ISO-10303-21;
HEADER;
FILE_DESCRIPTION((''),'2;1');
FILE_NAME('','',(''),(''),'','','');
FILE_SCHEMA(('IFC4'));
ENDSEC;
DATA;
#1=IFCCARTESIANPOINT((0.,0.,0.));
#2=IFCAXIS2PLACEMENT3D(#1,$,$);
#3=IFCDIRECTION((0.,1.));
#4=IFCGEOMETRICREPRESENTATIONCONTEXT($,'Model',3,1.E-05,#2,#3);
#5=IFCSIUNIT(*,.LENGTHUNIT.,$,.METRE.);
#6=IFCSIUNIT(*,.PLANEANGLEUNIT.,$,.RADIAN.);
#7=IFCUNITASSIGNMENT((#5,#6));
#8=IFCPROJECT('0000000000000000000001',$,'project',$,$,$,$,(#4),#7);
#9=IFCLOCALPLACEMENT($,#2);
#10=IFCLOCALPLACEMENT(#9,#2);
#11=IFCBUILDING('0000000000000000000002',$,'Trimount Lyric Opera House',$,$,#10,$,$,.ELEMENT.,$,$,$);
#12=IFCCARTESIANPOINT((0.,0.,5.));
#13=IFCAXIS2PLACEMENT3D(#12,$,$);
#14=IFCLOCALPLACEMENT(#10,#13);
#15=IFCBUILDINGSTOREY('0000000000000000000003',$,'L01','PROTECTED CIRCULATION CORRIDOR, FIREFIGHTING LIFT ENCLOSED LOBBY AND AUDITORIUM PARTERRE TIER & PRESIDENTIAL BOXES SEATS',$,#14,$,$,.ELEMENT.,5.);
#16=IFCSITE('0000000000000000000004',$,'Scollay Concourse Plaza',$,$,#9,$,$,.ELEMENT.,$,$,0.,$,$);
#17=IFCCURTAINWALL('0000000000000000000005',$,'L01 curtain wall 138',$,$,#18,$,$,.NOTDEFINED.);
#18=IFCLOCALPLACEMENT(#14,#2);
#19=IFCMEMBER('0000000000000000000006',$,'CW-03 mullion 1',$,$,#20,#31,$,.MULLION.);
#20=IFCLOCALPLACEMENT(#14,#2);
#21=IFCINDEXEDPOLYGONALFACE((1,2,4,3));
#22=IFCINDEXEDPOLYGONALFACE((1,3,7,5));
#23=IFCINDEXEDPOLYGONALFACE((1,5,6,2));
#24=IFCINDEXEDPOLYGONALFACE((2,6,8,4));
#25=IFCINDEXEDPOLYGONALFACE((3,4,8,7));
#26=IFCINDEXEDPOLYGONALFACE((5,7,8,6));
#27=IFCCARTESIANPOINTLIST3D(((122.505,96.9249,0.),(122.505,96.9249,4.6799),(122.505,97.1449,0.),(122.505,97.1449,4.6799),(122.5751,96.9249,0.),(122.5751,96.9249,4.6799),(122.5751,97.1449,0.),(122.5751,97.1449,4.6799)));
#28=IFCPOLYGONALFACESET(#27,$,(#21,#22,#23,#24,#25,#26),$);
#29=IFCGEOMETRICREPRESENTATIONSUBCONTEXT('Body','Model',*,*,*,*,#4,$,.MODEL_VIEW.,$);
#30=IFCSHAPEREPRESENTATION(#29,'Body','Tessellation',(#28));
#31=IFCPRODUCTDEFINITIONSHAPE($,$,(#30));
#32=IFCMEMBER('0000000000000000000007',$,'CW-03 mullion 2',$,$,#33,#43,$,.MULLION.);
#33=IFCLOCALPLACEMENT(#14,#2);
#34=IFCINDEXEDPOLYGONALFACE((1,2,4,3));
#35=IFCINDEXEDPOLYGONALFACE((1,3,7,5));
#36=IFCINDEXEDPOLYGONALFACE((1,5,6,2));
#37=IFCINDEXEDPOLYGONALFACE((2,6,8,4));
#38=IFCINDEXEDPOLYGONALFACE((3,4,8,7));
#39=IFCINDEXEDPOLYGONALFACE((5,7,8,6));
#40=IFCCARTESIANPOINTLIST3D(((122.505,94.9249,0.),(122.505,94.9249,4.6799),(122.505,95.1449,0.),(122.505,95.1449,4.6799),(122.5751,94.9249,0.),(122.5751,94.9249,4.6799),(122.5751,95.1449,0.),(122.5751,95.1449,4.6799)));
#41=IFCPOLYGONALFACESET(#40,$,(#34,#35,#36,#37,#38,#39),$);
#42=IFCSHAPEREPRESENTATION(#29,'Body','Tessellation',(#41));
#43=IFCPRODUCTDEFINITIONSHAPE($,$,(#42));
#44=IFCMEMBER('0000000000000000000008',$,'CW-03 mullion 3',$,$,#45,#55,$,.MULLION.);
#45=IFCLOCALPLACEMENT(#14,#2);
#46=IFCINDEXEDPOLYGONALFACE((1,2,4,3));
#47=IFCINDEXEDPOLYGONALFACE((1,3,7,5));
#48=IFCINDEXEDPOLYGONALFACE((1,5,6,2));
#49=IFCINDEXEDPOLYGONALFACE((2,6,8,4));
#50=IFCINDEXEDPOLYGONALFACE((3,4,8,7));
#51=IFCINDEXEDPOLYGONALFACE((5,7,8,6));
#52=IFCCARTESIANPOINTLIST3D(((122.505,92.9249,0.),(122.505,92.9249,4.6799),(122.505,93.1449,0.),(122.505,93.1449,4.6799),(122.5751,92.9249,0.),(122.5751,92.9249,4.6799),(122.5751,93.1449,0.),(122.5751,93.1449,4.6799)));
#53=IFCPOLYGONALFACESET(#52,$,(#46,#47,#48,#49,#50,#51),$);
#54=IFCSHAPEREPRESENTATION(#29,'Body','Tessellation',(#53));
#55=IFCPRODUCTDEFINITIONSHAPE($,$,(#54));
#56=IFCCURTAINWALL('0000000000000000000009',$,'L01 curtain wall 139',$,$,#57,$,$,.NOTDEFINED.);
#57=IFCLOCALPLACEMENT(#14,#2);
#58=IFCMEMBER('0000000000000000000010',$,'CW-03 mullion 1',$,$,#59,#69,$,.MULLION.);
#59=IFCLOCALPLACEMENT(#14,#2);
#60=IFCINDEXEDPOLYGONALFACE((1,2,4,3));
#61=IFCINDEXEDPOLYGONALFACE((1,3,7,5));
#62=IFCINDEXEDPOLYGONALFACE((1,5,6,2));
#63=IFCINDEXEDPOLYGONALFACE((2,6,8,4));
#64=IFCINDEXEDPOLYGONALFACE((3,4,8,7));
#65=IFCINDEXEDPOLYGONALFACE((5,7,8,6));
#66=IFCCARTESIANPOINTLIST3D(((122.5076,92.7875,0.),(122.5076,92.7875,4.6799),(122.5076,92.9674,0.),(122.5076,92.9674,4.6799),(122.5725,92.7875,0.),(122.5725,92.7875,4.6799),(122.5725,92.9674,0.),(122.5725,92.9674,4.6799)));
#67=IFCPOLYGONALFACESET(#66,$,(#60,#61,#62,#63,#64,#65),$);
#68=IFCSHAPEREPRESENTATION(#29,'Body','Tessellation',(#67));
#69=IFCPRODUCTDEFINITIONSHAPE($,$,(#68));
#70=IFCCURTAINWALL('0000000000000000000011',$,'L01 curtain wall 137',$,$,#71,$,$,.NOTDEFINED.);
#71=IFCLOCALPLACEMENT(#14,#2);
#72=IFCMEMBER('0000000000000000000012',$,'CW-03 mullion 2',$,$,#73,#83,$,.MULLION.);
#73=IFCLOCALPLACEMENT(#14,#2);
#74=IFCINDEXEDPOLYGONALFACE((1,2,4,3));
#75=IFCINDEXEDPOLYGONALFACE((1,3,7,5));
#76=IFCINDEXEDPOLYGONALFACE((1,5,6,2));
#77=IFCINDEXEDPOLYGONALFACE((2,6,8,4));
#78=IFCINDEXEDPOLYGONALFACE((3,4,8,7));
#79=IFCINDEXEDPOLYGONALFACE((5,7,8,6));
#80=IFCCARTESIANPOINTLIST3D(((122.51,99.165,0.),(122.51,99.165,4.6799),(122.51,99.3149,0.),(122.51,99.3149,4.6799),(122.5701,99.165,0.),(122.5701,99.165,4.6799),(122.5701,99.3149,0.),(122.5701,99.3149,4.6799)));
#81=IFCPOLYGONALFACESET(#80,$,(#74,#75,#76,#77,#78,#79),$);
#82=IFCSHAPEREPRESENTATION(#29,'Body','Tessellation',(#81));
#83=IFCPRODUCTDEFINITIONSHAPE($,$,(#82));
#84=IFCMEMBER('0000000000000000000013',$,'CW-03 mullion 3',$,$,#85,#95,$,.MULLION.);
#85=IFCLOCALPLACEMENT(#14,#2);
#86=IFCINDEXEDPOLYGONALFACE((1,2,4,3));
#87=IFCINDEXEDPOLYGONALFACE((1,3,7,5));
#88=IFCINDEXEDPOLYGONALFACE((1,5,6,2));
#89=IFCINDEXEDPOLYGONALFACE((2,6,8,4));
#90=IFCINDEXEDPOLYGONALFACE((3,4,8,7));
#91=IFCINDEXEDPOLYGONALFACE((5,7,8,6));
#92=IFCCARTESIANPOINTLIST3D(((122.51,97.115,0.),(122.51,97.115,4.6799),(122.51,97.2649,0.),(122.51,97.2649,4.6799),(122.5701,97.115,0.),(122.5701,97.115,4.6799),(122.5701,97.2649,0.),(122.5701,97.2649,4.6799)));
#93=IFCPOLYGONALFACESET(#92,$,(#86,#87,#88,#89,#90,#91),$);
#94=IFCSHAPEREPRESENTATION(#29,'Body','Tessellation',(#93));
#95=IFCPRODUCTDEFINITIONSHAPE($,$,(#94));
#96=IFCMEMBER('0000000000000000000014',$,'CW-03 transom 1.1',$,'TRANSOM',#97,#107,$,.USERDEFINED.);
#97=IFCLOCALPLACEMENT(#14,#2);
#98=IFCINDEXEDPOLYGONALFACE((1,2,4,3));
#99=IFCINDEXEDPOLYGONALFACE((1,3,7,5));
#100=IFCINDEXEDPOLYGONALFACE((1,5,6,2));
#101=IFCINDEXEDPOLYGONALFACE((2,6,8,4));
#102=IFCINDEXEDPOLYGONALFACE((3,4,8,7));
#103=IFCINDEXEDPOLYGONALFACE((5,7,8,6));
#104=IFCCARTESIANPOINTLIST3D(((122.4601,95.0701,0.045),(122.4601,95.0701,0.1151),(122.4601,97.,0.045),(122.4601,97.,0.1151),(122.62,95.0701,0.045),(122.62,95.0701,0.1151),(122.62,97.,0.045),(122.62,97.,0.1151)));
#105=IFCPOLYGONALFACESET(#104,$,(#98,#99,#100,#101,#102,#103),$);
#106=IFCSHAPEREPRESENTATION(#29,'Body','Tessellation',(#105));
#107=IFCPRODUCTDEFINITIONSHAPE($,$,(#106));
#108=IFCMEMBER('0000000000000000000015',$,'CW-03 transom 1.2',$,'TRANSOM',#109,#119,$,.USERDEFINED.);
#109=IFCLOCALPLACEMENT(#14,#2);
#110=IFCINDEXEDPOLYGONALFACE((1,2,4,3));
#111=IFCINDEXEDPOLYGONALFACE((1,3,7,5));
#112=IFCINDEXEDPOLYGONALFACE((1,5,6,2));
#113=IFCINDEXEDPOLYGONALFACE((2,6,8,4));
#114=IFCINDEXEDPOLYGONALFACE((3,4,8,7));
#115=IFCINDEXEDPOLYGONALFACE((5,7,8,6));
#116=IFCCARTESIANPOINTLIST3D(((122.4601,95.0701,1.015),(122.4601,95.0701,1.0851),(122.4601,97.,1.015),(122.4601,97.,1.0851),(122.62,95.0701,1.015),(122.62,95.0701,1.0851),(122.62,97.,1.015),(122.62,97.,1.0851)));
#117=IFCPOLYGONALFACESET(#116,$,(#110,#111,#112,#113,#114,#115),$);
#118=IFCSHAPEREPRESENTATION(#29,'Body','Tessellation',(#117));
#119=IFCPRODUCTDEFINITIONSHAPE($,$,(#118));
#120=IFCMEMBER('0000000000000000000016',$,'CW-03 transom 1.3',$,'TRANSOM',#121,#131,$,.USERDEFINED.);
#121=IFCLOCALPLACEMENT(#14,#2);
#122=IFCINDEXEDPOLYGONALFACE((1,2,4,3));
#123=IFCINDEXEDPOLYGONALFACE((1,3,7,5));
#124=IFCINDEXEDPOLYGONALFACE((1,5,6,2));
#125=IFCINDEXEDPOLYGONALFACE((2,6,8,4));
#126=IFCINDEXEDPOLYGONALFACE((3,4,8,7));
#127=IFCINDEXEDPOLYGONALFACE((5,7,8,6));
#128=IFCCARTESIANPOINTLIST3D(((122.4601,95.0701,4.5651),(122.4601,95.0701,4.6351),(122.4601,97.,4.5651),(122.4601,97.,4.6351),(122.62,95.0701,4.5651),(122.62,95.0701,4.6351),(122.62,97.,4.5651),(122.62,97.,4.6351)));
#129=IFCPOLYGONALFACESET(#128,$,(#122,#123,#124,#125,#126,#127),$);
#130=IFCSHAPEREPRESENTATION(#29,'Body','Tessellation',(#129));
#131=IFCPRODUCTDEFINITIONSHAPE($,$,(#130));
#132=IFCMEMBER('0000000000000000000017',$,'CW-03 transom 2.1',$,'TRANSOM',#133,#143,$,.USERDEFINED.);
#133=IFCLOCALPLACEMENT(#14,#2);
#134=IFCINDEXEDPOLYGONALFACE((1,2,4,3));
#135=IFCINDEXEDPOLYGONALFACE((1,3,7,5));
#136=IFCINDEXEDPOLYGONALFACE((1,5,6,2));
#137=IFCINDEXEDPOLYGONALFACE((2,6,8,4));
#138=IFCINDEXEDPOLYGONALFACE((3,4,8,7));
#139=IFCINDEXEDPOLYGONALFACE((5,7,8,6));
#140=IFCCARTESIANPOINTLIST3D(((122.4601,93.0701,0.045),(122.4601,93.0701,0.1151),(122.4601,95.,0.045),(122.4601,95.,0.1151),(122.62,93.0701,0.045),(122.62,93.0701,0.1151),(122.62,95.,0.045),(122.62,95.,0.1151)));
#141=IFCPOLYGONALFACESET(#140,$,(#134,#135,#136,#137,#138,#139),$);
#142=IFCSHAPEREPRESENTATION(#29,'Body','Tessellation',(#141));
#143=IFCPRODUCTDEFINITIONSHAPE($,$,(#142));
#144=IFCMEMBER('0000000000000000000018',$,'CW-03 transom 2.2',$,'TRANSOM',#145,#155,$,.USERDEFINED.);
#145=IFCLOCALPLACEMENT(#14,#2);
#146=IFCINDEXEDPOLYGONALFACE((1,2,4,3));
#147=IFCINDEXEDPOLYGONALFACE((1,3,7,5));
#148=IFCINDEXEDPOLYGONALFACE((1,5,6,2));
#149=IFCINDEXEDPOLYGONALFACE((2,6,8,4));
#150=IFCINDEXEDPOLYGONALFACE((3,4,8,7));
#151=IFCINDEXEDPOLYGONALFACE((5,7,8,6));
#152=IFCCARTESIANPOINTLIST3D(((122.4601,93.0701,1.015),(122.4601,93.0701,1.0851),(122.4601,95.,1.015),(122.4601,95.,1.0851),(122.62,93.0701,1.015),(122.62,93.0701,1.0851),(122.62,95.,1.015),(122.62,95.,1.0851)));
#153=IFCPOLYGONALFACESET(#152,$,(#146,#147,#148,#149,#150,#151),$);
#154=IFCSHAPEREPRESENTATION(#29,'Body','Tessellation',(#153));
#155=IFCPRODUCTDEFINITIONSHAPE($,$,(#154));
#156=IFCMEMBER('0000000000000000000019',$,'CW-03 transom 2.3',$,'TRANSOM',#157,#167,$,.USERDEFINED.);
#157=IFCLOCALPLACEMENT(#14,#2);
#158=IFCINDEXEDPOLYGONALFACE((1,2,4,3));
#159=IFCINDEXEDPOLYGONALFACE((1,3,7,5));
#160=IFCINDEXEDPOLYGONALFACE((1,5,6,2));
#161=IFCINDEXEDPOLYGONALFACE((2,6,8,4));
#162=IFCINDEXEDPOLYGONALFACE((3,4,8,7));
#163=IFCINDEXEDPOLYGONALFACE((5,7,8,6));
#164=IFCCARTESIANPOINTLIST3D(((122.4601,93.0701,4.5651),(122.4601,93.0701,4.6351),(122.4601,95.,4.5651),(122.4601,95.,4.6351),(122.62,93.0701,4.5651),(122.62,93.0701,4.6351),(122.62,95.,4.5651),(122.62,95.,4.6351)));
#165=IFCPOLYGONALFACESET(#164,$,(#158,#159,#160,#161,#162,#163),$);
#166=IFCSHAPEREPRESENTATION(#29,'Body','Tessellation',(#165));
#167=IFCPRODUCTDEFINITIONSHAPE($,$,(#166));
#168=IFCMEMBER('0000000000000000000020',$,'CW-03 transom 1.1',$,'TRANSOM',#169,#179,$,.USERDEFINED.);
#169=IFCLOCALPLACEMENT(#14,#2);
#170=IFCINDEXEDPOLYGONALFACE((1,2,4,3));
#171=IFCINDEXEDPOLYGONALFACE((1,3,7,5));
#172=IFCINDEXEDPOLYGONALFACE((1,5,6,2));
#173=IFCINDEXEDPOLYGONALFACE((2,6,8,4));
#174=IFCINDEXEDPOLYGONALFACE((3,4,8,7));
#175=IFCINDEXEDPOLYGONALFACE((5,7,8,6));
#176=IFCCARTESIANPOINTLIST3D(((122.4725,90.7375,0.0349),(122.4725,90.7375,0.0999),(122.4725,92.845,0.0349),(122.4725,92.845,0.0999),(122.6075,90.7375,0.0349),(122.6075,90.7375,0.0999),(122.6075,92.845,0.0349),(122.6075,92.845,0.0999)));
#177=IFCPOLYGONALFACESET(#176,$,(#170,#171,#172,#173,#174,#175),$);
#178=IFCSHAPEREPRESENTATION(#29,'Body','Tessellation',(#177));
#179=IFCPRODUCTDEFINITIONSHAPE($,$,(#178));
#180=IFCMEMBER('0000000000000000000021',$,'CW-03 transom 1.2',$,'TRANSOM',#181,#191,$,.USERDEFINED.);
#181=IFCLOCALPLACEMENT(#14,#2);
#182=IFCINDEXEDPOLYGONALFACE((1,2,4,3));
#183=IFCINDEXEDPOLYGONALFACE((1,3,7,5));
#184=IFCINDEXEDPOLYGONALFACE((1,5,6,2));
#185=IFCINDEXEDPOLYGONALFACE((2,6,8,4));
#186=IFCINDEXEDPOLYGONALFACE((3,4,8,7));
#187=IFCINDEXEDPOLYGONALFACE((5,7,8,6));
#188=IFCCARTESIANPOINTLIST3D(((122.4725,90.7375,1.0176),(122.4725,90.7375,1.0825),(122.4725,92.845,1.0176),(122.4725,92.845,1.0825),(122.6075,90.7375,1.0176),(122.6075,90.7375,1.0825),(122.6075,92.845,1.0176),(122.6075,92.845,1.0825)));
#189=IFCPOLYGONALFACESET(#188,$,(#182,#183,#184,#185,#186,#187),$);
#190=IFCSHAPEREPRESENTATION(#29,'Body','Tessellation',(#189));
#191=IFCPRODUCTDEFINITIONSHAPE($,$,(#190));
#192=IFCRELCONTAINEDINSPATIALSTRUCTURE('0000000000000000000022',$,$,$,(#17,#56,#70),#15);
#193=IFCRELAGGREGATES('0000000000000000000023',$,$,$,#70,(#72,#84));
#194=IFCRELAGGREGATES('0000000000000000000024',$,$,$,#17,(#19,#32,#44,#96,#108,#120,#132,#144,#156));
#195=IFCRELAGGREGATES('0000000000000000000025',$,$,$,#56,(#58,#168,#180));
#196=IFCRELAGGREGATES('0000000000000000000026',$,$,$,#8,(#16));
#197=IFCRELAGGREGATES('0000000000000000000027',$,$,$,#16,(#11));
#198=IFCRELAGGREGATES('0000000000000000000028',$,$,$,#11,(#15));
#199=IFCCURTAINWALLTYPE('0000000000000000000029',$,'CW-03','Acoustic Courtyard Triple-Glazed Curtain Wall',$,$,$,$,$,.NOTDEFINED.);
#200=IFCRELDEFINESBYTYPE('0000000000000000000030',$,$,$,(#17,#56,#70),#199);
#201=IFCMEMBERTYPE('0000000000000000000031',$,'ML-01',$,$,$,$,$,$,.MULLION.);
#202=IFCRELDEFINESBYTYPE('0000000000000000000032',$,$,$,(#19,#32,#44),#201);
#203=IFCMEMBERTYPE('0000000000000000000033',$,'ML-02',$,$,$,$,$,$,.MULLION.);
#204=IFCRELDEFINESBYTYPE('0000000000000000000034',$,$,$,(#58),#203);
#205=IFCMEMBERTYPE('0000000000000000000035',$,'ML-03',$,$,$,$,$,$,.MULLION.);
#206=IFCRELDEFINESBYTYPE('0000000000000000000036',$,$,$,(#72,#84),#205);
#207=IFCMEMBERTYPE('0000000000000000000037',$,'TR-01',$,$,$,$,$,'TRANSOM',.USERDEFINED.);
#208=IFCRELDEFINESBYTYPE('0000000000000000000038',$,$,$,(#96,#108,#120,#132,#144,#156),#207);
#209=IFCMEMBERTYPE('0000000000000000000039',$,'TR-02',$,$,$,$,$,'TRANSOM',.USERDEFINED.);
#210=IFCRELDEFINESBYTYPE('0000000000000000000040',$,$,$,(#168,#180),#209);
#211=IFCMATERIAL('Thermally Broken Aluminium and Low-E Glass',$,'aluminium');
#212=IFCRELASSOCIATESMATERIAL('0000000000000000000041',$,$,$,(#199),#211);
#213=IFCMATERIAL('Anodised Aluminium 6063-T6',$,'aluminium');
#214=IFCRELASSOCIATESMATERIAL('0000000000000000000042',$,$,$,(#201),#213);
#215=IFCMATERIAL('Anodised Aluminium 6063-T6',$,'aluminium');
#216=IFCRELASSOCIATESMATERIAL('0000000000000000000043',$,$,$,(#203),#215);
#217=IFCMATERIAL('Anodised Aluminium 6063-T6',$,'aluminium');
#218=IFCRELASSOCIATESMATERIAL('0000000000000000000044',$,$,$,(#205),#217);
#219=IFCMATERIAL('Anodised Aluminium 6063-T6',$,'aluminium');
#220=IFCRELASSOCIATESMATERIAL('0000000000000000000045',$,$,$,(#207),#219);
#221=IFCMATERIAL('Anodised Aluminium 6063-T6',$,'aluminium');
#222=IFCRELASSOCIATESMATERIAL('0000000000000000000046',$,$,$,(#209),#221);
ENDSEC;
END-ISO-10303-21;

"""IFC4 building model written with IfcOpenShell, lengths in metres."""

from ifc_helpers import new_model, si_unit, direction, frame, origin, origin_2d, place, context, subcontext, project, spatial, rectangle, extrude, material, material_profile, profile_set, type_object, element, aggregate, save


model = new_model("IFC4")

# Units and contexts
model_context = context("Model", 3, precision=1e-05, world=origin(), true_north=direction((0.0, 1.0)))
body_context = subcontext(model_context, "Body", "Model", "MODEL_VIEW")
ifc_project = project(units=[si_unit("LENGTHUNIT", "METRE"), si_unit("PLANEANGLEUNIT", "RADIAN")], contexts=[model_context])

# Site, building, storey
site_placement = place(None, origin())
site = spatial("IfcSite", under=ifc_project, at=site_placement, Name="Scollay Concourse Plaza", CompositionType="ELEMENT", RefElevation=0.0)
building_placement = place(site_placement, origin())
building = spatial("IfcBuilding", under=site, at=building_placement, Name="Trimount Lyric Opera House", CompositionType="ELEMENT")
storey_placement = place(building_placement, frame((0.0, 0.0, 5.0)))
storey = spatial("IfcBuildingStorey", under=building, at=storey_placement, Name="L01", Description="PROTECTED CIRCULATION CORRIDOR, FIREFIGHTING LIFT ENCLOSED LOBBY AND AUDITORIUM PARTERRE TIER & PRESIDENTIAL BOXES SEATS", CompositionType="ELEMENT", Elevation=5.0)

# Curtain wall, members
ifc_material_1 = material(Name="Thermally Broken Aluminium and Low-E Glass", Category="aluminium")
curtain_wall_type = type_object("IfcCurtainWallType", Name="CW-03", Description="Acoustic Courtyard Triple-Glazed Curtain Wall", PredefinedType="NOTDEFINED", material=ifc_material_1)
curtain_wall_1_placement = place(storey_placement, origin())
curtain_wall_1 = element("IfcCurtainWall", 1, at=curtain_wall_1_placement, inside=storey, type_object=curtain_wall_type, Name="L01 curtain wall 138", PredefinedType="NOTDEFINED")
ifc_material_2 = material(Name="Anodised Aluminium 6063-T6", Category="aluminium")
ifc_material_profile_1 = material_profile(ifc_material_2, rectangle(XDim=0.0701, YDim=0.22, at=origin_2d()), Name="ALU-MULL-70X220")
ifc_profile_set_1 = profile_set([ifc_material_profile_1], Name="Anodised Aluminium 6063-T6")
member_type_1 = type_object("IfcMemberType", Name="ML-01", PredefinedType="MULLION", material=ifc_profile_set_1)
member_1_placement = place(storey_placement, frame((122.54, 97.0349, 0.0), z_axis=(0.0, 0.0, 1.0), x_axis=(1.0, 0.0, 0.0)))
member_1 = element("IfcMember", 2, at=member_1_placement, type_object=member_type_1, Name="CW-03 mullion 1", PredefinedType="MULLION", context=body_context, shape_type="SweptSolid", body=[
    extrude(rectangle(XDim=0.0701, YDim=0.22, at=origin_2d()), origin(), (0.0, 0.0, 1.0), 4.6799),
])
member_2_placement = place(storey_placement, frame((122.54, 95.0349, 0.0), z_axis=(0.0, 0.0, 1.0), x_axis=(1.0, 0.0, 0.0)))
member_2 = element("IfcMember", 3, at=member_2_placement, type_object=member_type_1, Name="CW-03 mullion 2", PredefinedType="MULLION", context=body_context, shape_type="SweptSolid", body=[
    extrude(rectangle(XDim=0.0701, YDim=0.22, at=origin_2d()), origin(), (0.0, 0.0, 1.0), 4.6799),
])
member_3_placement = place(storey_placement, frame((122.54, 93.0349, 0.0), z_axis=(0.0, 0.0, 1.0), x_axis=(1.0, 0.0, 0.0)))
member_3 = element("IfcMember", 4, at=member_3_placement, type_object=member_type_1, Name="CW-03 mullion 3", PredefinedType="MULLION", context=body_context, shape_type="SweptSolid", body=[
    extrude(rectangle(XDim=0.0701, YDim=0.22, at=origin_2d()), origin(), (0.0, 0.0, 1.0), 4.6799),
])

# Curtain wall, member
curtain_wall_2_placement = place(storey_placement, origin())
curtain_wall_2 = element("IfcCurtainWall", 5, at=curtain_wall_2_placement, inside=storey, type_object=curtain_wall_type, Name="L01 curtain wall 139", PredefinedType="NOTDEFINED")
ifc_material_3 = material(Name="Anodised Aluminium 6063-T6", Category="aluminium")
ifc_material_profile_2 = material_profile(ifc_material_3, rectangle(XDim=0.0649, YDim=0.1799, at=origin_2d()), Name="ALU-MULL-65X180")
ifc_profile_set_2 = profile_set([ifc_material_profile_2], Name="Anodised Aluminium 6063-T6")
member_type_2 = type_object("IfcMemberType", Name="ML-02", PredefinedType="MULLION", material=ifc_profile_set_2)
member_4_placement = place(storey_placement, frame((122.54, 92.8774, 0.0), z_axis=(0.0, 0.0, 1.0), x_axis=(1.0, 0.0, 0.0)))
member_4 = element("IfcMember", 6, at=member_4_placement, type_object=member_type_2, Name="CW-03 mullion 1", PredefinedType="MULLION", context=body_context, shape_type="SweptSolid", body=[
    extrude(rectangle(XDim=0.0649, YDim=0.1799, at=origin_2d()), origin(), (0.0, 0.0, 1.0), 4.6799),
])

# Curtain wall, members
curtain_wall_3_placement = place(storey_placement, origin())
curtain_wall_3 = element("IfcCurtainWall", 7, at=curtain_wall_3_placement, inside=storey, type_object=curtain_wall_type, Name="L01 curtain wall 137", PredefinedType="NOTDEFINED")
ifc_material_4 = material(Name="Anodised Aluminium 6063-T6", Category="aluminium")
ifc_material_profile_3 = material_profile(ifc_material_4, rectangle(XDim=0.0601, YDim=0.1499, at=origin_2d()), Name="ALU-MULL-60X150")
ifc_profile_set_3 = profile_set([ifc_material_profile_3], Name="Anodised Aluminium 6063-T6")
member_type_3 = type_object("IfcMemberType", Name="ML-03", PredefinedType="MULLION", material=ifc_profile_set_3)
member_5_placement = place(storey_placement, frame((122.54, 99.24, 0.0), z_axis=(0.0, 0.0, 1.0), x_axis=(1.0, 0.0, 0.0)))
member_5 = element("IfcMember", 8, at=member_5_placement, type_object=member_type_3, Name="CW-03 mullion 2", PredefinedType="MULLION", context=body_context, shape_type="SweptSolid", body=[
    extrude(rectangle(XDim=0.0601, YDim=0.1499, at=origin_2d()), origin(), (0.0, 0.0, 1.0), 4.6799),
])
member_6_placement = place(storey_placement, frame((122.54, 97.1899, 0.0), z_axis=(0.0, 0.0, 1.0), x_axis=(1.0, 0.0, 0.0)))
member_6 = element("IfcMember", 9, at=member_6_placement, type_object=member_type_3, Name="CW-03 mullion 3", PredefinedType="MULLION", context=body_context, shape_type="SweptSolid", body=[
    extrude(rectangle(XDim=0.0601, YDim=0.1499, at=origin_2d()), origin(), (0.0, 0.0, 1.0), 4.6799),
])

# Members
ifc_material_5 = material(Name="Anodised Aluminium 6063-T6", Category="aluminium")
ifc_material_profile_4 = material_profile(ifc_material_5, rectangle(XDim=0.1599, YDim=0.0701, at=origin_2d()), Name="ALU-TRAN-70X160")
ifc_profile_set_4 = profile_set([ifc_material_profile_4], Name="Anodised Aluminium 6063-T6")
member_type_4 = type_object("IfcMemberType", Name="TR-01", ElementType="TRANSOM", PredefinedType="USERDEFINED", material=ifc_profile_set_4)
member_7_placement = place(storey_placement, frame((122.54, 97.0, 0.0801), z_axis=(0.0, -1.0, 0.0), x_axis=(1.0, 0.0, 0.0)))
member_7 = element("IfcMember", 10, at=member_7_placement, type_object=member_type_4, Name="CW-03 transom 1.1", ObjectType="TRANSOM", PredefinedType="USERDEFINED", context=body_context, shape_type="SweptSolid", body=[
    extrude(rectangle(XDim=0.1599, YDim=0.0701, at=origin_2d()), origin(), (0.0, 0.0, 1.0), 1.9299),
])
member_8_placement = place(storey_placement, frame((122.54, 97.0, 1.05), z_axis=(0.0, -1.0, 0.0), x_axis=(1.0, 0.0, 0.0)))
member_8 = element("IfcMember", 11, at=member_8_placement, type_object=member_type_4, Name="CW-03 transom 1.2", ObjectType="TRANSOM", PredefinedType="USERDEFINED", context=body_context, shape_type="SweptSolid", body=[
    extrude(rectangle(XDim=0.1599, YDim=0.0701, at=origin_2d()), origin(), (0.0, 0.0, 1.0), 1.9299),
])
member_9_placement = place(storey_placement, frame((122.54, 97.0, 4.6001), z_axis=(0.0, -1.0, 0.0), x_axis=(1.0, 0.0, 0.0)))
member_9 = element("IfcMember", 12, at=member_9_placement, type_object=member_type_4, Name="CW-03 transom 1.3", ObjectType="TRANSOM", PredefinedType="USERDEFINED", context=body_context, shape_type="SweptSolid", body=[
    extrude(rectangle(XDim=0.1599, YDim=0.0701, at=origin_2d()), origin(), (0.0, 0.0, 1.0), 1.9299),
])
member_10_placement = place(storey_placement, frame((122.54, 95.0, 0.0801), z_axis=(0.0, -1.0, 0.0), x_axis=(1.0, 0.0, 0.0)))
member_10 = element("IfcMember", 13, at=member_10_placement, type_object=member_type_4, Name="CW-03 transom 2.1", ObjectType="TRANSOM", PredefinedType="USERDEFINED", context=body_context, shape_type="SweptSolid", body=[
    extrude(rectangle(XDim=0.1599, YDim=0.0701, at=origin_2d()), origin(), (0.0, 0.0, 1.0), 1.9299),
])
member_11_placement = place(storey_placement, frame((122.54, 95.0, 1.05), z_axis=(0.0, -1.0, 0.0), x_axis=(1.0, 0.0, 0.0)))
member_11 = element("IfcMember", 14, at=member_11_placement, type_object=member_type_4, Name="CW-03 transom 2.2", ObjectType="TRANSOM", PredefinedType="USERDEFINED", context=body_context, shape_type="SweptSolid", body=[
    extrude(rectangle(XDim=0.1599, YDim=0.0701, at=origin_2d()), origin(), (0.0, 0.0, 1.0), 1.9299),
])
member_12_placement = place(storey_placement, frame((122.54, 95.0, 4.6001), z_axis=(0.0, -1.0, 0.0), x_axis=(1.0, 0.0, 0.0)))
member_12 = element("IfcMember", 15, at=member_12_placement, type_object=member_type_4, Name="CW-03 transom 2.3", ObjectType="TRANSOM", PredefinedType="USERDEFINED", context=body_context, shape_type="SweptSolid", body=[
    extrude(rectangle(XDim=0.1599, YDim=0.0701, at=origin_2d()), origin(), (0.0, 0.0, 1.0), 1.9299),
])
ifc_material_6 = material(Name="Anodised Aluminium 6063-T6", Category="aluminium")
ifc_material_profile_5 = material_profile(ifc_material_6, rectangle(XDim=0.135, YDim=0.0649, at=origin_2d()), Name="ALU-TRAN-65X135")
ifc_profile_set_5 = profile_set([ifc_material_profile_5], Name="Anodised Aluminium 6063-T6")
member_type_5 = type_object("IfcMemberType", Name="TR-02", ElementType="TRANSOM", PredefinedType="USERDEFINED", material=ifc_profile_set_5)
member_13_placement = place(storey_placement, frame((122.54, 92.845, 0.0674), z_axis=(0.0, -1.0, 0.0), x_axis=(1.0, 0.0, 0.0)))
member_13 = element("IfcMember", 16, at=member_13_placement, type_object=member_type_5, Name="CW-03 transom 1.1", ObjectType="TRANSOM", PredefinedType="USERDEFINED", context=body_context, shape_type="SweptSolid", body=[
    extrude(rectangle(XDim=0.135, YDim=0.0649, at=origin_2d()), origin(), (0.0, 0.0, 1.0), 2.1074),
])
member_14_placement = place(storey_placement, frame((122.54, 92.845, 1.05), z_axis=(0.0, -1.0, 0.0), x_axis=(1.0, 0.0, 0.0)))
member_14 = element("IfcMember", 17, at=member_14_placement, type_object=member_type_5, Name="CW-03 transom 1.2", ObjectType="TRANSOM", PredefinedType="USERDEFINED", context=body_context, shape_type="SweptSolid", body=[
    extrude(rectangle(XDim=0.135, YDim=0.0649, at=origin_2d()), origin(), (0.0, 0.0, 1.0), 2.1074),
])

aggregate(curtain_wall_3, [member_5, member_6])
aggregate(curtain_wall_1, [member_1, member_2, member_3, member_7, member_8, member_9, member_10, member_11, member_12])
aggregate(curtain_wall_2, [member_4, member_13, member_14])

save(model, "model.ifc")
